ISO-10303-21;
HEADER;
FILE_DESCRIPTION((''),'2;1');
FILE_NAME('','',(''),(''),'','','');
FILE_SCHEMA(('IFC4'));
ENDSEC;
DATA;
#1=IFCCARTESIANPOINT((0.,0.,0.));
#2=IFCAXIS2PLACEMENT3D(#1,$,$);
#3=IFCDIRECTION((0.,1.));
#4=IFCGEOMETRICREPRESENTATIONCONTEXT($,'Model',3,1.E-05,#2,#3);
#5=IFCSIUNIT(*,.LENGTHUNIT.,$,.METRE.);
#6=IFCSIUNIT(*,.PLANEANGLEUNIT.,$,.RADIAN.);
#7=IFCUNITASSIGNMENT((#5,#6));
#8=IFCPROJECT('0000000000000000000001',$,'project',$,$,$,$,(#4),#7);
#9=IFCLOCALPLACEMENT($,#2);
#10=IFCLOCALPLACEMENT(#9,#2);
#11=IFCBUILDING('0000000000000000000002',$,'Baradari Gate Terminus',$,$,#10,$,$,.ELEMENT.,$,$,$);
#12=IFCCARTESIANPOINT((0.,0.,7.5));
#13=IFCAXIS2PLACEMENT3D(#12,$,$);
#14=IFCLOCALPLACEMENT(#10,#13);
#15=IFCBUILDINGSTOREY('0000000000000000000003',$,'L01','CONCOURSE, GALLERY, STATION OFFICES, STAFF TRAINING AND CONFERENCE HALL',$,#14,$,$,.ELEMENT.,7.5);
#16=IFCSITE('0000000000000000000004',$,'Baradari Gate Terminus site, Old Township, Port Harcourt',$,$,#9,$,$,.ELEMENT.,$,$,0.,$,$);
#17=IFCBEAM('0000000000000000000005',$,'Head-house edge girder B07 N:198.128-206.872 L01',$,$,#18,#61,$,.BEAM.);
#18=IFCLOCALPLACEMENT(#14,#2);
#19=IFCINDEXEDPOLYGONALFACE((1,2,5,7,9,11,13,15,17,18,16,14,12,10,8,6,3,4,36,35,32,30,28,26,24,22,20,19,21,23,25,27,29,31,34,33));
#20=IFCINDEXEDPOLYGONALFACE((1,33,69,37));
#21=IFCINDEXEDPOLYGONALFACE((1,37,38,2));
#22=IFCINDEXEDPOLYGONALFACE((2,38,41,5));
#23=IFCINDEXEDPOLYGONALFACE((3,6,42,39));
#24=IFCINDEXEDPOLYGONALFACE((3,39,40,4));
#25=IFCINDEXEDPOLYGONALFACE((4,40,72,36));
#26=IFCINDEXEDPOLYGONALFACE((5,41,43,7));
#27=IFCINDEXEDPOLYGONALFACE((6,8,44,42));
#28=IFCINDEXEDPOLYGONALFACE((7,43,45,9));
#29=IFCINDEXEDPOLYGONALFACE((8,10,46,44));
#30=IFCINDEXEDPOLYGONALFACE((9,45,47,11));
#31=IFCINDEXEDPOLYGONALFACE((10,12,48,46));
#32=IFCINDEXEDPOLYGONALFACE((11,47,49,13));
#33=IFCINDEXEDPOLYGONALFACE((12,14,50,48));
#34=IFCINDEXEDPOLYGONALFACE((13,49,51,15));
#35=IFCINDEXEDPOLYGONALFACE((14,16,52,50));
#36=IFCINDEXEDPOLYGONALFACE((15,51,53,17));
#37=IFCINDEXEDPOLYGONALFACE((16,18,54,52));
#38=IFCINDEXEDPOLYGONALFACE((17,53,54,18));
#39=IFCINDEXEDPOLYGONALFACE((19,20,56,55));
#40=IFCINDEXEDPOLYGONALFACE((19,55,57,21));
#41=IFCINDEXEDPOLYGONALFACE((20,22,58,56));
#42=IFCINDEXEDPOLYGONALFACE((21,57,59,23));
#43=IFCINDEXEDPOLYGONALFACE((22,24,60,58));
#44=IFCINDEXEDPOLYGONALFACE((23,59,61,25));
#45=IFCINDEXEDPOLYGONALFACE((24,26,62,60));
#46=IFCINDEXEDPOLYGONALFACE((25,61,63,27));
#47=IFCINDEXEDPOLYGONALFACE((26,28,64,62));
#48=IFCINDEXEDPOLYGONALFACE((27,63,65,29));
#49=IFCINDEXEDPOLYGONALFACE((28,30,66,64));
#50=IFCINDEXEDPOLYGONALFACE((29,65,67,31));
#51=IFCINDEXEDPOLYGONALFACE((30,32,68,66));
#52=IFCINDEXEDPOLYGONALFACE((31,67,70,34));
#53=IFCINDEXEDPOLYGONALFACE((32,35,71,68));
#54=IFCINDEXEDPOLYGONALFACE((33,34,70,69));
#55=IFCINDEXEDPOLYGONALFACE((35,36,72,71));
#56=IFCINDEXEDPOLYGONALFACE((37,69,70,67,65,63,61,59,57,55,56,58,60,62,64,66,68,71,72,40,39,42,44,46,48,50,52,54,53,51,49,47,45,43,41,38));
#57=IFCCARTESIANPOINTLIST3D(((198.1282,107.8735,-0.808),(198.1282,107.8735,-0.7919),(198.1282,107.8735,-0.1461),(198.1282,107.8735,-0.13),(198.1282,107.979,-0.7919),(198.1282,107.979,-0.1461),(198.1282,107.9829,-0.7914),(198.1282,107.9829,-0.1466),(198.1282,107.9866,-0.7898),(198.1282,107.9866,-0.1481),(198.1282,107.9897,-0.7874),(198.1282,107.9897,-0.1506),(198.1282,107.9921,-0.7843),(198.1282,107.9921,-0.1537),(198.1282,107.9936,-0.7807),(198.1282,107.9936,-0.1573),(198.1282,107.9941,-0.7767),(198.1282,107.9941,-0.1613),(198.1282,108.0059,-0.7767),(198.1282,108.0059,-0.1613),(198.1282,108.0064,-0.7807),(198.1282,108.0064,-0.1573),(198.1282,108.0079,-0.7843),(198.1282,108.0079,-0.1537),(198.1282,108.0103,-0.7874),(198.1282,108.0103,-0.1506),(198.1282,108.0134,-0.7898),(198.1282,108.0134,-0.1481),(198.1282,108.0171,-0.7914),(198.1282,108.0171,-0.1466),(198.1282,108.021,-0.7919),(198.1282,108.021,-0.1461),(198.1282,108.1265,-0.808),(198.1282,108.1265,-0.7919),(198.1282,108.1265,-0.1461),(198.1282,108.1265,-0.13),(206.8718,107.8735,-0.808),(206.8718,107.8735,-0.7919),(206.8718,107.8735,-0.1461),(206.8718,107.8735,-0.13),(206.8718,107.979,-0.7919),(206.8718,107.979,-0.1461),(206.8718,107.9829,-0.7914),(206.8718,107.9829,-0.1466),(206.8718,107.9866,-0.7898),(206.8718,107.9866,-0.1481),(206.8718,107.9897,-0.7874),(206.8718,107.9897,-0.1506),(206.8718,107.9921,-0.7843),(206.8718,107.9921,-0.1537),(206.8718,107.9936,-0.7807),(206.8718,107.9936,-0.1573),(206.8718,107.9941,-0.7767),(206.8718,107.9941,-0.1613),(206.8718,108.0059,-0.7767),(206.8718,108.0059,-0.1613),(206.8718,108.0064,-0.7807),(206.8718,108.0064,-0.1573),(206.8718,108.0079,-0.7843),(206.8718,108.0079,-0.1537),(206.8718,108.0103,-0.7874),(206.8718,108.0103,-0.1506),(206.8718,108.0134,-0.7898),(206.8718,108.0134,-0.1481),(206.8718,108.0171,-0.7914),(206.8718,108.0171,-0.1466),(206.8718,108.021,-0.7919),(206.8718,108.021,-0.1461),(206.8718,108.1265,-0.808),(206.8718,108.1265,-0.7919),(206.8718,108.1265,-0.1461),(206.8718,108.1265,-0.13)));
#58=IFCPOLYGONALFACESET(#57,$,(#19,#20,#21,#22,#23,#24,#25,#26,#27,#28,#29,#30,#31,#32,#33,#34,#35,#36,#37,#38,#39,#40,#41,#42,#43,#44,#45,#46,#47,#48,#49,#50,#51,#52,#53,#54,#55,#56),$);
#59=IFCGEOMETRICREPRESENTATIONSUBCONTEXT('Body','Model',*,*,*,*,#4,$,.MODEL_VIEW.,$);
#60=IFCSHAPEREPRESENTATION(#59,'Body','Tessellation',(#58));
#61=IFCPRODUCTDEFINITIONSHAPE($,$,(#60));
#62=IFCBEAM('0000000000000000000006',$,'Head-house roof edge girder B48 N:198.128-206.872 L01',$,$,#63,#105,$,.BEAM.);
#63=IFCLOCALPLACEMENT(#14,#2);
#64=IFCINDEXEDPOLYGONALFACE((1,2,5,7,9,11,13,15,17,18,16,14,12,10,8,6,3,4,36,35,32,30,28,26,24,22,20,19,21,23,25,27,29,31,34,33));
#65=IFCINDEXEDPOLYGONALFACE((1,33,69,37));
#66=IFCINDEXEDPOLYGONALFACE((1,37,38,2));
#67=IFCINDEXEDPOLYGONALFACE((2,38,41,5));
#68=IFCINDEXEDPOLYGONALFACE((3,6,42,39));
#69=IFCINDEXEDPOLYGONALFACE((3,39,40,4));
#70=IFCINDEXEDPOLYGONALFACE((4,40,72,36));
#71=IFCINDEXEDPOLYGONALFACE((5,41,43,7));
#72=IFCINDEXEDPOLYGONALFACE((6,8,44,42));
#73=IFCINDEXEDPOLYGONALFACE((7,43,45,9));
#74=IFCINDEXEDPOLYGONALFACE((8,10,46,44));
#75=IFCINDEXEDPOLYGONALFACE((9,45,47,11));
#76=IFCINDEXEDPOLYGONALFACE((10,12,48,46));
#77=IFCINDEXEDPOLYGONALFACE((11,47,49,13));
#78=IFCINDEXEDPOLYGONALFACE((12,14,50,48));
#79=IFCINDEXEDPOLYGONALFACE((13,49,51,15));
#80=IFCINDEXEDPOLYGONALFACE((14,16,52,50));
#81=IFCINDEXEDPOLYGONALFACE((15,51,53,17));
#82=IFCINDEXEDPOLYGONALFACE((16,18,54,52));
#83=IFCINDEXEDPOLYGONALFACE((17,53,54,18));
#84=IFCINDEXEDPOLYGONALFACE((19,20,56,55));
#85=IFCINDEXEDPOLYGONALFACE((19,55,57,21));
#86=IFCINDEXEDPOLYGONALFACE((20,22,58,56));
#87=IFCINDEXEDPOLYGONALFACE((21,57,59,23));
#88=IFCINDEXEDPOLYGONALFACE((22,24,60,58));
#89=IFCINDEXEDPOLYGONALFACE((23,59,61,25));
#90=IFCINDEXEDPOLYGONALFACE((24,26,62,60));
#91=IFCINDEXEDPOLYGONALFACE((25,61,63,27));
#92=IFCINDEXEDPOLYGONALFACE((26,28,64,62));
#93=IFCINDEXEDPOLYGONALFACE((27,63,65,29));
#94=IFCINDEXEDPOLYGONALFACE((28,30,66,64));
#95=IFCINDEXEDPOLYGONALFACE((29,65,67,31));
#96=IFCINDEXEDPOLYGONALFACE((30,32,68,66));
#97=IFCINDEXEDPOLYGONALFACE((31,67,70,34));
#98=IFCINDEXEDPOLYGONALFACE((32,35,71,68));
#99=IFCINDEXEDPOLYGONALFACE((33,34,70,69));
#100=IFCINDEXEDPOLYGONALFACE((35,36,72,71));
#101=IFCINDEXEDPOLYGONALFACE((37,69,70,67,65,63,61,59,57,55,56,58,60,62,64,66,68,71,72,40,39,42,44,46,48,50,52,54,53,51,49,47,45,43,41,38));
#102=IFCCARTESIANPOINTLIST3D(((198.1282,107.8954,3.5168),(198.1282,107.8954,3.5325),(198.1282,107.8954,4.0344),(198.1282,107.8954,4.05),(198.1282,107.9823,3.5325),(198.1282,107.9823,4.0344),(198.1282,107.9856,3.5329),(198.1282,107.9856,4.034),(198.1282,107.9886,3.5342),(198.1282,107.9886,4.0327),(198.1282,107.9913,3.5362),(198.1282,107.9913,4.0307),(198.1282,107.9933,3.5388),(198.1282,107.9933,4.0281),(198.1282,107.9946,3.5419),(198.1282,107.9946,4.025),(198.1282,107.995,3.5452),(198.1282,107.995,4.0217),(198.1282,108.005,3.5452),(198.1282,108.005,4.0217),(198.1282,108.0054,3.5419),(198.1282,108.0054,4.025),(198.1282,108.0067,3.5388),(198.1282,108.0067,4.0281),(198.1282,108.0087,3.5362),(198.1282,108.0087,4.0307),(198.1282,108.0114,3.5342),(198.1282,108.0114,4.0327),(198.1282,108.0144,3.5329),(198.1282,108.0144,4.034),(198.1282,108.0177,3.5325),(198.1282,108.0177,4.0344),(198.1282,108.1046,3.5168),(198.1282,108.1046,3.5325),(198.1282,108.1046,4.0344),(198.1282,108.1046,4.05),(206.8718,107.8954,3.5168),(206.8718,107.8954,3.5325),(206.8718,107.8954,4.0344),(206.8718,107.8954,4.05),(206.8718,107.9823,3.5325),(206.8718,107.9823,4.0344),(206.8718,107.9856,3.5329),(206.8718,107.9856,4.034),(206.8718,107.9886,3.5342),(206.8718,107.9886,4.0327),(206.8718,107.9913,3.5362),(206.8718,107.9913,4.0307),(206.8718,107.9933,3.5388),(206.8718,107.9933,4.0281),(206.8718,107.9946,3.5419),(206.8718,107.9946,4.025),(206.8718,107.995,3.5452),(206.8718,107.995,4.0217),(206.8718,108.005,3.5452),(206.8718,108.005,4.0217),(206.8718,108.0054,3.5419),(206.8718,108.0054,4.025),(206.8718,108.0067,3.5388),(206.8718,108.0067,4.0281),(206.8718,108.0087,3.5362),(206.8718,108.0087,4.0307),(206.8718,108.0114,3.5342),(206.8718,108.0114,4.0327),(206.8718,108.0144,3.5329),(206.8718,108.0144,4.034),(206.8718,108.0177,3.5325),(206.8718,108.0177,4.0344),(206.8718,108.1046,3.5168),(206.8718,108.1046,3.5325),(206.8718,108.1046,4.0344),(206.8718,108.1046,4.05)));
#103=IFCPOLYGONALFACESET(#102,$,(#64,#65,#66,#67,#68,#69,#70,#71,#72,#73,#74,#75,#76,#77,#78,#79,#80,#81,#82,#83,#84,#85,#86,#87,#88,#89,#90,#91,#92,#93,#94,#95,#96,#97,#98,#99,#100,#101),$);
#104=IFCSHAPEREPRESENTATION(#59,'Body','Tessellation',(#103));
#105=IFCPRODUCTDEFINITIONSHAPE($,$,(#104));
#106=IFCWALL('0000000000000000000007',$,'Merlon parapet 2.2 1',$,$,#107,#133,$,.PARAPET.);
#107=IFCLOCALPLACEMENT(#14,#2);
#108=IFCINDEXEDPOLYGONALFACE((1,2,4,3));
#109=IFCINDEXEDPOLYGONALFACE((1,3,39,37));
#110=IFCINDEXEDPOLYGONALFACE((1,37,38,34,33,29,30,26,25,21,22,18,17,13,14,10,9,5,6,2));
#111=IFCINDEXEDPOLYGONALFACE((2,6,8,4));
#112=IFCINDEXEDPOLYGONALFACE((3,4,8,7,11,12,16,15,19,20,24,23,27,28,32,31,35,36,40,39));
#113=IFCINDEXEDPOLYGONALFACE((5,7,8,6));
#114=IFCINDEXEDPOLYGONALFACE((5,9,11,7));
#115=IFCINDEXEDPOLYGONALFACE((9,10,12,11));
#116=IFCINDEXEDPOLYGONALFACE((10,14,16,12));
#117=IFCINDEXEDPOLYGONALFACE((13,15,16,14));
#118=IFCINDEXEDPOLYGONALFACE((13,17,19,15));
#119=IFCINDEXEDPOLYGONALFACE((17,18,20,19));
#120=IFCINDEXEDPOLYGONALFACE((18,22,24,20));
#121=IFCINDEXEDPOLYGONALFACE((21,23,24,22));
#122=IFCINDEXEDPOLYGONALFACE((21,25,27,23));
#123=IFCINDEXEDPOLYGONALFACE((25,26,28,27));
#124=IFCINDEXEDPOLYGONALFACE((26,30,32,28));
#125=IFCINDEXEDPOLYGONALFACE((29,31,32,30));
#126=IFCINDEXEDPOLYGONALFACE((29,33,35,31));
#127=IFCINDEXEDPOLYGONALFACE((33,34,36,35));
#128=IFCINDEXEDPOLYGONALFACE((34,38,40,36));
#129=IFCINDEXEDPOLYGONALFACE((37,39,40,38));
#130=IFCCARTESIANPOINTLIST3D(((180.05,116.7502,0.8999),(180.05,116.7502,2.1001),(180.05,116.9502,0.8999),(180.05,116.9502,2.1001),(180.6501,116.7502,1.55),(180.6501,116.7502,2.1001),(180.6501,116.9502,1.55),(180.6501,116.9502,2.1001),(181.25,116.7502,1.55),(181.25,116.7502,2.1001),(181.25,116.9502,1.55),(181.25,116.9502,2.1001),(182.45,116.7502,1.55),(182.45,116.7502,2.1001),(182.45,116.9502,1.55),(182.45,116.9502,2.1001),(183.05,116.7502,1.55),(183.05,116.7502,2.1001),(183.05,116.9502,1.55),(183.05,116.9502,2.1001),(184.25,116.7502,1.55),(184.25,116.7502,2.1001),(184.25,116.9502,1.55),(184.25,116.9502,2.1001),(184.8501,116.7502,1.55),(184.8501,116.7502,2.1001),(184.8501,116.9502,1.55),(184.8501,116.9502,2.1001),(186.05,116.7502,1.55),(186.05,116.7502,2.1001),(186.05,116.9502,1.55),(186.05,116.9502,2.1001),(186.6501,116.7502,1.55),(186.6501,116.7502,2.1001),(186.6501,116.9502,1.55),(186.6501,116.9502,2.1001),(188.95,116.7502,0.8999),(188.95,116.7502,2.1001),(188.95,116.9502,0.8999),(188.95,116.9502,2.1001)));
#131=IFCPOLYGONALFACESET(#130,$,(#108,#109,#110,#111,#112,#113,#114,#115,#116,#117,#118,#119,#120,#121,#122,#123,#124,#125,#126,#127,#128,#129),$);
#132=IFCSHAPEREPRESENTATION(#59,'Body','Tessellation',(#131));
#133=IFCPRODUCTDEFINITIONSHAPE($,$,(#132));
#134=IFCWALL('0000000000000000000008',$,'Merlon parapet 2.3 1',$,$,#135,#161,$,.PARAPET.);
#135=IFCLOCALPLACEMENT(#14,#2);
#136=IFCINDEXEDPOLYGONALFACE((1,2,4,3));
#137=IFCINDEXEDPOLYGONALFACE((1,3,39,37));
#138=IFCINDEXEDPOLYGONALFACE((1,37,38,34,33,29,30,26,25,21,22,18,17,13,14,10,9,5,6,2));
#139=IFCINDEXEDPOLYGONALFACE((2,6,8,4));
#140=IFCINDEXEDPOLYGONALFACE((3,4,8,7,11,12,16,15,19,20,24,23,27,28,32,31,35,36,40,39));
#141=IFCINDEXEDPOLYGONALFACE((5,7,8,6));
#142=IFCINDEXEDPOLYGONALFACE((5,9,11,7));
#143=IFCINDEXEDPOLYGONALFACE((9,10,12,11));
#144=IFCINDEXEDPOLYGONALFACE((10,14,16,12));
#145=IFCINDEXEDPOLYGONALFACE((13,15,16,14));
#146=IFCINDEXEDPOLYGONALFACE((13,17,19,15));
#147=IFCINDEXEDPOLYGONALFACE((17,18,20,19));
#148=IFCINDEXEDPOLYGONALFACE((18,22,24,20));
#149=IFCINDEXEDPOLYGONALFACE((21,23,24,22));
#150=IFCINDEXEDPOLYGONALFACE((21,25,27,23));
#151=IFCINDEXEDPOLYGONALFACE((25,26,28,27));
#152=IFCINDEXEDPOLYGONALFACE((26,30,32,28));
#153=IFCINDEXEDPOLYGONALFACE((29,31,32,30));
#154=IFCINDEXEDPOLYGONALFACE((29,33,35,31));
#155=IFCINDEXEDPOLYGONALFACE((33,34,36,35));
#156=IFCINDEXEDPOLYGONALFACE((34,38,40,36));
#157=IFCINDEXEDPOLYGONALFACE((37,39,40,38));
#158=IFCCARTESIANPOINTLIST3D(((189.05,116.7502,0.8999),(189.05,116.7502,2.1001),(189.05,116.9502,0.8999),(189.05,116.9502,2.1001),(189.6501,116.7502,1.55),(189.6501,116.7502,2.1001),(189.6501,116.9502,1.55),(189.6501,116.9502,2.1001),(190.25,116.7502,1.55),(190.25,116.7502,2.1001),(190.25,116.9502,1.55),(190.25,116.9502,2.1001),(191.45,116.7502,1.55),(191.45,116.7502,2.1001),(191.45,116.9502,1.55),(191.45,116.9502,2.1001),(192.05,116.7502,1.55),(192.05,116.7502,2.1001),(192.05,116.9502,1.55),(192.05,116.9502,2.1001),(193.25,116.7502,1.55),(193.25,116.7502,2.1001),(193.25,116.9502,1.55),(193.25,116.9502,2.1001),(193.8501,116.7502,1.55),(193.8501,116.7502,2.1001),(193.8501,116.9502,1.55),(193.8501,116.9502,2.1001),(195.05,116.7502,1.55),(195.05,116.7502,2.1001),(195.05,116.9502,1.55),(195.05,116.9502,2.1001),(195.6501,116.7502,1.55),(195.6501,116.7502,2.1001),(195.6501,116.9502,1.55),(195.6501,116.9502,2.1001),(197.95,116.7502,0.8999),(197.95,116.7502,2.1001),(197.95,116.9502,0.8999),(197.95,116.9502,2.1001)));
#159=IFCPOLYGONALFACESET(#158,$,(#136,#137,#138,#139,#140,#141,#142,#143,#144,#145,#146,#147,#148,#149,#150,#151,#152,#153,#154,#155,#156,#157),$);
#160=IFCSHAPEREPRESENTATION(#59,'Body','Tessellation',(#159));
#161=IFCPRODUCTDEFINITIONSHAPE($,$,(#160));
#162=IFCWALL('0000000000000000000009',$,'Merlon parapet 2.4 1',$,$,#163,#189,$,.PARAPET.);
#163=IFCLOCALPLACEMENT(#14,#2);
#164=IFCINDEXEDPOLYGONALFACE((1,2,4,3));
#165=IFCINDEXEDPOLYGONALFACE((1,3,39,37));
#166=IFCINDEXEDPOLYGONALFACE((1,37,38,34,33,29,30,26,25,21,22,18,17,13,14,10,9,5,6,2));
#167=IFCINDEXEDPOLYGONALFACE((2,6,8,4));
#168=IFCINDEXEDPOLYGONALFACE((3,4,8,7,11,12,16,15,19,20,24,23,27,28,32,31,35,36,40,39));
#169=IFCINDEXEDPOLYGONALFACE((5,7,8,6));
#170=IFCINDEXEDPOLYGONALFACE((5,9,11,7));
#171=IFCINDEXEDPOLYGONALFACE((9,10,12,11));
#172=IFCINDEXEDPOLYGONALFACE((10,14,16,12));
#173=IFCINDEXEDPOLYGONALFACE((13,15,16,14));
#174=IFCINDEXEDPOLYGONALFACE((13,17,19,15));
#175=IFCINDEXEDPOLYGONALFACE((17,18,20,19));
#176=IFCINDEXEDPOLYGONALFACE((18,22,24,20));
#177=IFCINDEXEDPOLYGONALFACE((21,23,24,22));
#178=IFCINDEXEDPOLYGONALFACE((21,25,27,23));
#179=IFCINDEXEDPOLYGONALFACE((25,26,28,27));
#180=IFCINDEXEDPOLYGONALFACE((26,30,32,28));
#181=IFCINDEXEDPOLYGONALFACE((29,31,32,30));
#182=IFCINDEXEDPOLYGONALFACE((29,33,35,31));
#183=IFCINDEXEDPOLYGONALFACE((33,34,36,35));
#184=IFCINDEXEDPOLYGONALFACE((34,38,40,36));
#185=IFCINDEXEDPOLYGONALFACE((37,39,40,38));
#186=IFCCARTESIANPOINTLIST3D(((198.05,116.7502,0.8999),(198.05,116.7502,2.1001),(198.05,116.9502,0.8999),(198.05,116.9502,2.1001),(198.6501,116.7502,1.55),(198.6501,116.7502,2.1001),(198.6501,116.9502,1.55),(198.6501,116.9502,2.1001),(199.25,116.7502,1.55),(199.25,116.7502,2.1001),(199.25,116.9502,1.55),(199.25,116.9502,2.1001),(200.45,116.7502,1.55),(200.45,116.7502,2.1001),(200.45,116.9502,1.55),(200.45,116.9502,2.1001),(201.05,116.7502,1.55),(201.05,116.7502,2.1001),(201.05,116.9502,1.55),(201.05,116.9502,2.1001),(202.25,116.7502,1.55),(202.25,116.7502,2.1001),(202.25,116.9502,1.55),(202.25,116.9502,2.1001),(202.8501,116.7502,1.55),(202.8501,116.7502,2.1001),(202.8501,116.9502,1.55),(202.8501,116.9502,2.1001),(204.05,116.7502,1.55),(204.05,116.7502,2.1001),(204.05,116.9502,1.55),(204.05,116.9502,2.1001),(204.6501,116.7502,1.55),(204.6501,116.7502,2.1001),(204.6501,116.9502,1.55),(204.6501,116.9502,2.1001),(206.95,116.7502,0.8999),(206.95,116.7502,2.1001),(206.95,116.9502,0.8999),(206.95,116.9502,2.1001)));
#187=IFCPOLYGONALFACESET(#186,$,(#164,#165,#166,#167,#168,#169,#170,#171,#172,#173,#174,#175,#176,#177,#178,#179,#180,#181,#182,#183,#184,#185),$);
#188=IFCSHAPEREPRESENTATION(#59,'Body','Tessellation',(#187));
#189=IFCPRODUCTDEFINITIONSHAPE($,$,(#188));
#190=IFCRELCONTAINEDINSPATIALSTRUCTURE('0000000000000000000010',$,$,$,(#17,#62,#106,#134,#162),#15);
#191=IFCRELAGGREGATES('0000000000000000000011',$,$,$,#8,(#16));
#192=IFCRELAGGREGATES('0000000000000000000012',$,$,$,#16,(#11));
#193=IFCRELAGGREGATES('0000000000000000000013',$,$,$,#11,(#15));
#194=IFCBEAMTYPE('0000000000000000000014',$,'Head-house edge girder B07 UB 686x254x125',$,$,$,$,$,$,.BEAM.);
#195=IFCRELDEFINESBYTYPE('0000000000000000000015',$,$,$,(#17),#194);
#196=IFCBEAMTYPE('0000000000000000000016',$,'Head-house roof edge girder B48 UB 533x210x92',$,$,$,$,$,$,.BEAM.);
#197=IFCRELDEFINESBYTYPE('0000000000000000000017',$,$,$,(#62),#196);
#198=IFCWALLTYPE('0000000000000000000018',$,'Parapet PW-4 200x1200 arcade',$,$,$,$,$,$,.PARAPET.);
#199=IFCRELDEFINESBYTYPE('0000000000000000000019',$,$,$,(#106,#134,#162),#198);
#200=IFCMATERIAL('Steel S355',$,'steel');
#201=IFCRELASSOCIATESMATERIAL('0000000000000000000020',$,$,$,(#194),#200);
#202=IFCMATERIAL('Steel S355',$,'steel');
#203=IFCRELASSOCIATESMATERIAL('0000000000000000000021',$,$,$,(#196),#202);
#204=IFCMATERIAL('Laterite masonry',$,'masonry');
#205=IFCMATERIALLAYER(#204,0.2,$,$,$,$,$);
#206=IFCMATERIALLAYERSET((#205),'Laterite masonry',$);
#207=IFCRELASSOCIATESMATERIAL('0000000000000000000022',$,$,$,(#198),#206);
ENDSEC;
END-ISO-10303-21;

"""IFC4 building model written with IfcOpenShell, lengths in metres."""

from ifc_helpers import new_model, si_unit, direction, frame, origin, origin_2d, place, context, subcontext, project, spatial, polyline, i_section, outline, extrude, material, layer, layer_set, material_profile, profile_set, type_object, element, save


model = new_model("IFC4")

# Units and contexts
model_context = context("Model", 3, precision=1e-05, world=origin(), true_north=direction((0.0, 1.0)))
body_context = subcontext(model_context, "Body", "Model", "MODEL_VIEW")
ifc_project = project(units=[si_unit("LENGTHUNIT", "METRE"), si_unit("PLANEANGLEUNIT", "RADIAN")], contexts=[model_context])

# Site, building, storey
site_placement = place(None, origin())
site = spatial("IfcSite", under=ifc_project, at=site_placement, Name="Baradari Gate Terminus site, Old Township, Port Harcourt", CompositionType="ELEMENT", RefElevation=0.0)
building_placement = place(site_placement, origin())
building = spatial("IfcBuilding", under=site, at=building_placement, Name="Baradari Gate Terminus", CompositionType="ELEMENT")
storey_placement = place(building_placement, frame((0.0, 0.0, 7.5)))
storey = spatial("IfcBuildingStorey", under=building, at=storey_placement, Name="L01", Description="CONCOURSE, GALLERY, STATION OFFICES, STAFF TRAINING AND CONFERENCE HALL", CompositionType="ELEMENT", Elevation=7.5)

# Beams
ifc_material_1 = material(Name="Steel S355", Category="steel")
ifc_material_profile_1 = material_profile(ifc_material_1, i_section(OverallWidth=0.2529, OverallDepth=0.678, WebThickness=0.0117, FlangeThickness=0.0161, FilletRadius=0.0151, at=origin_2d()), Name="UB 686x254x125")
ifc_profile_set_1 = profile_set([ifc_material_profile_1], Name="Steel S355")
beam_type_1 = type_object("IfcBeamType", Name="Head-house edge girder B07 UB 686x254x125", PredefinedType="BEAM", material=ifc_profile_set_1)
beam_1_placement = place(storey_placement, frame((198.1282, 108.0, -0.469), z_axis=(1.0, 0.0, 0.0), x_axis=(0.0, 1.0, 0.0)))
element("IfcBeam", 1, at=beam_1_placement, inside=storey, type_object=beam_type_1, Name="Head-house edge girder B07 N:198.128-206.872 L01", PredefinedType="BEAM", context=body_context, shape_type="SweptSolid", body=[
    extrude(i_section(OverallWidth=0.2529, OverallDepth=0.678, WebThickness=0.0117, FlangeThickness=0.0161, FilletRadius=0.0151, at=origin_2d()), origin(), (0.0, 0.0, 1.0), 8.7437),
])
ifc_material_2 = material(Name="Steel S355", Category="steel")
ifc_material_profile_2 = material_profile(ifc_material_2, i_section(OverallWidth=0.2092, OverallDepth=0.5332, WebThickness=0.01, FlangeThickness=0.0156, FilletRadius=0.0127, at=origin_2d()), Name="UB 533x210x92")
ifc_profile_set_2 = profile_set([ifc_material_profile_2], Name="Steel S355")
beam_type_2 = type_object("IfcBeamType", Name="Head-house roof edge girder B48 UB 533x210x92", PredefinedType="BEAM", material=ifc_profile_set_2)
beam_2_placement = place(storey_placement, frame((198.1282, 108.0, 3.7834), z_axis=(1.0, 0.0, 0.0), x_axis=(0.0, 1.0, 0.0)))
element("IfcBeam", 2, at=beam_2_placement, inside=storey, type_object=beam_type_2, Name="Head-house roof edge girder B48 N:198.128-206.872 L01", PredefinedType="BEAM", context=body_context, shape_type="SweptSolid", body=[
    extrude(i_section(OverallWidth=0.2092, OverallDepth=0.5332, WebThickness=0.01, FlangeThickness=0.0156, FilletRadius=0.0127, at=origin_2d()), origin(), (0.0, 0.0, 1.0), 8.7437),
])

# Walls
ifc_material_3 = material(Name="Laterite masonry", Category="masonry")
ifc_layer_1 = layer(ifc_material_3, 0.2)
ifc_layer_set_1 = layer_set([ifc_layer_1], Name="Laterite masonry")
wall_type = type_object("IfcWallType", Name="Parapet PW-4 200x1200 arcade", PredefinedType="PARAPET", material=ifc_layer_set_1)
for number, where, z_axis, x_axis, name in (
    (3, (180.05, 116.8501, 0.8999), (0.0, 0.0, 1.0), (1.0, 0.0, 0.0), "Merlon parapet 2.2 1"),
    (4, (189.05, 116.8501, 0.8999), (0.0, 0.0, 1.0), (1.0, 0.0, 0.0), "Merlon parapet 2.3 1"),
    (5, (198.05, 116.8501, 0.8999), (0.0, 0.0, 1.0), (1.0, 0.0, 0.0), "Merlon parapet 2.4 1"),
):
    element("IfcWall", number, at=place(storey_placement, frame(where, z_axis=z_axis, x_axis=x_axis)), inside=storey, type_object=wall_type, Name=name, PredefinedType="PARAPET", context=body_context, shape_type="SweptSolid", body=[
        extrude(outline(polyline([(6.6001, 1.2002), (6.6001, 0.6501), (6.0, 0.6501), (6.0, 1.2002), (4.8, 1.2002), (4.8, 0.6501), (4.2, 0.6501), (4.2, 1.2002), (3.0, 1.2002), (3.0, 0.6501), (2.3999, 0.6501), (2.3999, 1.2002), (1.2, 1.2002), (1.2, 0.6501), (0.6001, 0.6501), (0.6001, 1.2002), (0.0, 1.2002), (0.0, 0.0), (8.8999, 0.0), (8.8999, 1.2002), (6.6001, 1.2002)])), frame((0.0, 0.1001, 0.0), z_axis=(0.0, -1.0, 0.0), x_axis=(1.0, 0.0, 0.0)), (0.0, 0.0, 1.0), 0.2),
    ])

save(model, "model.ifc")
